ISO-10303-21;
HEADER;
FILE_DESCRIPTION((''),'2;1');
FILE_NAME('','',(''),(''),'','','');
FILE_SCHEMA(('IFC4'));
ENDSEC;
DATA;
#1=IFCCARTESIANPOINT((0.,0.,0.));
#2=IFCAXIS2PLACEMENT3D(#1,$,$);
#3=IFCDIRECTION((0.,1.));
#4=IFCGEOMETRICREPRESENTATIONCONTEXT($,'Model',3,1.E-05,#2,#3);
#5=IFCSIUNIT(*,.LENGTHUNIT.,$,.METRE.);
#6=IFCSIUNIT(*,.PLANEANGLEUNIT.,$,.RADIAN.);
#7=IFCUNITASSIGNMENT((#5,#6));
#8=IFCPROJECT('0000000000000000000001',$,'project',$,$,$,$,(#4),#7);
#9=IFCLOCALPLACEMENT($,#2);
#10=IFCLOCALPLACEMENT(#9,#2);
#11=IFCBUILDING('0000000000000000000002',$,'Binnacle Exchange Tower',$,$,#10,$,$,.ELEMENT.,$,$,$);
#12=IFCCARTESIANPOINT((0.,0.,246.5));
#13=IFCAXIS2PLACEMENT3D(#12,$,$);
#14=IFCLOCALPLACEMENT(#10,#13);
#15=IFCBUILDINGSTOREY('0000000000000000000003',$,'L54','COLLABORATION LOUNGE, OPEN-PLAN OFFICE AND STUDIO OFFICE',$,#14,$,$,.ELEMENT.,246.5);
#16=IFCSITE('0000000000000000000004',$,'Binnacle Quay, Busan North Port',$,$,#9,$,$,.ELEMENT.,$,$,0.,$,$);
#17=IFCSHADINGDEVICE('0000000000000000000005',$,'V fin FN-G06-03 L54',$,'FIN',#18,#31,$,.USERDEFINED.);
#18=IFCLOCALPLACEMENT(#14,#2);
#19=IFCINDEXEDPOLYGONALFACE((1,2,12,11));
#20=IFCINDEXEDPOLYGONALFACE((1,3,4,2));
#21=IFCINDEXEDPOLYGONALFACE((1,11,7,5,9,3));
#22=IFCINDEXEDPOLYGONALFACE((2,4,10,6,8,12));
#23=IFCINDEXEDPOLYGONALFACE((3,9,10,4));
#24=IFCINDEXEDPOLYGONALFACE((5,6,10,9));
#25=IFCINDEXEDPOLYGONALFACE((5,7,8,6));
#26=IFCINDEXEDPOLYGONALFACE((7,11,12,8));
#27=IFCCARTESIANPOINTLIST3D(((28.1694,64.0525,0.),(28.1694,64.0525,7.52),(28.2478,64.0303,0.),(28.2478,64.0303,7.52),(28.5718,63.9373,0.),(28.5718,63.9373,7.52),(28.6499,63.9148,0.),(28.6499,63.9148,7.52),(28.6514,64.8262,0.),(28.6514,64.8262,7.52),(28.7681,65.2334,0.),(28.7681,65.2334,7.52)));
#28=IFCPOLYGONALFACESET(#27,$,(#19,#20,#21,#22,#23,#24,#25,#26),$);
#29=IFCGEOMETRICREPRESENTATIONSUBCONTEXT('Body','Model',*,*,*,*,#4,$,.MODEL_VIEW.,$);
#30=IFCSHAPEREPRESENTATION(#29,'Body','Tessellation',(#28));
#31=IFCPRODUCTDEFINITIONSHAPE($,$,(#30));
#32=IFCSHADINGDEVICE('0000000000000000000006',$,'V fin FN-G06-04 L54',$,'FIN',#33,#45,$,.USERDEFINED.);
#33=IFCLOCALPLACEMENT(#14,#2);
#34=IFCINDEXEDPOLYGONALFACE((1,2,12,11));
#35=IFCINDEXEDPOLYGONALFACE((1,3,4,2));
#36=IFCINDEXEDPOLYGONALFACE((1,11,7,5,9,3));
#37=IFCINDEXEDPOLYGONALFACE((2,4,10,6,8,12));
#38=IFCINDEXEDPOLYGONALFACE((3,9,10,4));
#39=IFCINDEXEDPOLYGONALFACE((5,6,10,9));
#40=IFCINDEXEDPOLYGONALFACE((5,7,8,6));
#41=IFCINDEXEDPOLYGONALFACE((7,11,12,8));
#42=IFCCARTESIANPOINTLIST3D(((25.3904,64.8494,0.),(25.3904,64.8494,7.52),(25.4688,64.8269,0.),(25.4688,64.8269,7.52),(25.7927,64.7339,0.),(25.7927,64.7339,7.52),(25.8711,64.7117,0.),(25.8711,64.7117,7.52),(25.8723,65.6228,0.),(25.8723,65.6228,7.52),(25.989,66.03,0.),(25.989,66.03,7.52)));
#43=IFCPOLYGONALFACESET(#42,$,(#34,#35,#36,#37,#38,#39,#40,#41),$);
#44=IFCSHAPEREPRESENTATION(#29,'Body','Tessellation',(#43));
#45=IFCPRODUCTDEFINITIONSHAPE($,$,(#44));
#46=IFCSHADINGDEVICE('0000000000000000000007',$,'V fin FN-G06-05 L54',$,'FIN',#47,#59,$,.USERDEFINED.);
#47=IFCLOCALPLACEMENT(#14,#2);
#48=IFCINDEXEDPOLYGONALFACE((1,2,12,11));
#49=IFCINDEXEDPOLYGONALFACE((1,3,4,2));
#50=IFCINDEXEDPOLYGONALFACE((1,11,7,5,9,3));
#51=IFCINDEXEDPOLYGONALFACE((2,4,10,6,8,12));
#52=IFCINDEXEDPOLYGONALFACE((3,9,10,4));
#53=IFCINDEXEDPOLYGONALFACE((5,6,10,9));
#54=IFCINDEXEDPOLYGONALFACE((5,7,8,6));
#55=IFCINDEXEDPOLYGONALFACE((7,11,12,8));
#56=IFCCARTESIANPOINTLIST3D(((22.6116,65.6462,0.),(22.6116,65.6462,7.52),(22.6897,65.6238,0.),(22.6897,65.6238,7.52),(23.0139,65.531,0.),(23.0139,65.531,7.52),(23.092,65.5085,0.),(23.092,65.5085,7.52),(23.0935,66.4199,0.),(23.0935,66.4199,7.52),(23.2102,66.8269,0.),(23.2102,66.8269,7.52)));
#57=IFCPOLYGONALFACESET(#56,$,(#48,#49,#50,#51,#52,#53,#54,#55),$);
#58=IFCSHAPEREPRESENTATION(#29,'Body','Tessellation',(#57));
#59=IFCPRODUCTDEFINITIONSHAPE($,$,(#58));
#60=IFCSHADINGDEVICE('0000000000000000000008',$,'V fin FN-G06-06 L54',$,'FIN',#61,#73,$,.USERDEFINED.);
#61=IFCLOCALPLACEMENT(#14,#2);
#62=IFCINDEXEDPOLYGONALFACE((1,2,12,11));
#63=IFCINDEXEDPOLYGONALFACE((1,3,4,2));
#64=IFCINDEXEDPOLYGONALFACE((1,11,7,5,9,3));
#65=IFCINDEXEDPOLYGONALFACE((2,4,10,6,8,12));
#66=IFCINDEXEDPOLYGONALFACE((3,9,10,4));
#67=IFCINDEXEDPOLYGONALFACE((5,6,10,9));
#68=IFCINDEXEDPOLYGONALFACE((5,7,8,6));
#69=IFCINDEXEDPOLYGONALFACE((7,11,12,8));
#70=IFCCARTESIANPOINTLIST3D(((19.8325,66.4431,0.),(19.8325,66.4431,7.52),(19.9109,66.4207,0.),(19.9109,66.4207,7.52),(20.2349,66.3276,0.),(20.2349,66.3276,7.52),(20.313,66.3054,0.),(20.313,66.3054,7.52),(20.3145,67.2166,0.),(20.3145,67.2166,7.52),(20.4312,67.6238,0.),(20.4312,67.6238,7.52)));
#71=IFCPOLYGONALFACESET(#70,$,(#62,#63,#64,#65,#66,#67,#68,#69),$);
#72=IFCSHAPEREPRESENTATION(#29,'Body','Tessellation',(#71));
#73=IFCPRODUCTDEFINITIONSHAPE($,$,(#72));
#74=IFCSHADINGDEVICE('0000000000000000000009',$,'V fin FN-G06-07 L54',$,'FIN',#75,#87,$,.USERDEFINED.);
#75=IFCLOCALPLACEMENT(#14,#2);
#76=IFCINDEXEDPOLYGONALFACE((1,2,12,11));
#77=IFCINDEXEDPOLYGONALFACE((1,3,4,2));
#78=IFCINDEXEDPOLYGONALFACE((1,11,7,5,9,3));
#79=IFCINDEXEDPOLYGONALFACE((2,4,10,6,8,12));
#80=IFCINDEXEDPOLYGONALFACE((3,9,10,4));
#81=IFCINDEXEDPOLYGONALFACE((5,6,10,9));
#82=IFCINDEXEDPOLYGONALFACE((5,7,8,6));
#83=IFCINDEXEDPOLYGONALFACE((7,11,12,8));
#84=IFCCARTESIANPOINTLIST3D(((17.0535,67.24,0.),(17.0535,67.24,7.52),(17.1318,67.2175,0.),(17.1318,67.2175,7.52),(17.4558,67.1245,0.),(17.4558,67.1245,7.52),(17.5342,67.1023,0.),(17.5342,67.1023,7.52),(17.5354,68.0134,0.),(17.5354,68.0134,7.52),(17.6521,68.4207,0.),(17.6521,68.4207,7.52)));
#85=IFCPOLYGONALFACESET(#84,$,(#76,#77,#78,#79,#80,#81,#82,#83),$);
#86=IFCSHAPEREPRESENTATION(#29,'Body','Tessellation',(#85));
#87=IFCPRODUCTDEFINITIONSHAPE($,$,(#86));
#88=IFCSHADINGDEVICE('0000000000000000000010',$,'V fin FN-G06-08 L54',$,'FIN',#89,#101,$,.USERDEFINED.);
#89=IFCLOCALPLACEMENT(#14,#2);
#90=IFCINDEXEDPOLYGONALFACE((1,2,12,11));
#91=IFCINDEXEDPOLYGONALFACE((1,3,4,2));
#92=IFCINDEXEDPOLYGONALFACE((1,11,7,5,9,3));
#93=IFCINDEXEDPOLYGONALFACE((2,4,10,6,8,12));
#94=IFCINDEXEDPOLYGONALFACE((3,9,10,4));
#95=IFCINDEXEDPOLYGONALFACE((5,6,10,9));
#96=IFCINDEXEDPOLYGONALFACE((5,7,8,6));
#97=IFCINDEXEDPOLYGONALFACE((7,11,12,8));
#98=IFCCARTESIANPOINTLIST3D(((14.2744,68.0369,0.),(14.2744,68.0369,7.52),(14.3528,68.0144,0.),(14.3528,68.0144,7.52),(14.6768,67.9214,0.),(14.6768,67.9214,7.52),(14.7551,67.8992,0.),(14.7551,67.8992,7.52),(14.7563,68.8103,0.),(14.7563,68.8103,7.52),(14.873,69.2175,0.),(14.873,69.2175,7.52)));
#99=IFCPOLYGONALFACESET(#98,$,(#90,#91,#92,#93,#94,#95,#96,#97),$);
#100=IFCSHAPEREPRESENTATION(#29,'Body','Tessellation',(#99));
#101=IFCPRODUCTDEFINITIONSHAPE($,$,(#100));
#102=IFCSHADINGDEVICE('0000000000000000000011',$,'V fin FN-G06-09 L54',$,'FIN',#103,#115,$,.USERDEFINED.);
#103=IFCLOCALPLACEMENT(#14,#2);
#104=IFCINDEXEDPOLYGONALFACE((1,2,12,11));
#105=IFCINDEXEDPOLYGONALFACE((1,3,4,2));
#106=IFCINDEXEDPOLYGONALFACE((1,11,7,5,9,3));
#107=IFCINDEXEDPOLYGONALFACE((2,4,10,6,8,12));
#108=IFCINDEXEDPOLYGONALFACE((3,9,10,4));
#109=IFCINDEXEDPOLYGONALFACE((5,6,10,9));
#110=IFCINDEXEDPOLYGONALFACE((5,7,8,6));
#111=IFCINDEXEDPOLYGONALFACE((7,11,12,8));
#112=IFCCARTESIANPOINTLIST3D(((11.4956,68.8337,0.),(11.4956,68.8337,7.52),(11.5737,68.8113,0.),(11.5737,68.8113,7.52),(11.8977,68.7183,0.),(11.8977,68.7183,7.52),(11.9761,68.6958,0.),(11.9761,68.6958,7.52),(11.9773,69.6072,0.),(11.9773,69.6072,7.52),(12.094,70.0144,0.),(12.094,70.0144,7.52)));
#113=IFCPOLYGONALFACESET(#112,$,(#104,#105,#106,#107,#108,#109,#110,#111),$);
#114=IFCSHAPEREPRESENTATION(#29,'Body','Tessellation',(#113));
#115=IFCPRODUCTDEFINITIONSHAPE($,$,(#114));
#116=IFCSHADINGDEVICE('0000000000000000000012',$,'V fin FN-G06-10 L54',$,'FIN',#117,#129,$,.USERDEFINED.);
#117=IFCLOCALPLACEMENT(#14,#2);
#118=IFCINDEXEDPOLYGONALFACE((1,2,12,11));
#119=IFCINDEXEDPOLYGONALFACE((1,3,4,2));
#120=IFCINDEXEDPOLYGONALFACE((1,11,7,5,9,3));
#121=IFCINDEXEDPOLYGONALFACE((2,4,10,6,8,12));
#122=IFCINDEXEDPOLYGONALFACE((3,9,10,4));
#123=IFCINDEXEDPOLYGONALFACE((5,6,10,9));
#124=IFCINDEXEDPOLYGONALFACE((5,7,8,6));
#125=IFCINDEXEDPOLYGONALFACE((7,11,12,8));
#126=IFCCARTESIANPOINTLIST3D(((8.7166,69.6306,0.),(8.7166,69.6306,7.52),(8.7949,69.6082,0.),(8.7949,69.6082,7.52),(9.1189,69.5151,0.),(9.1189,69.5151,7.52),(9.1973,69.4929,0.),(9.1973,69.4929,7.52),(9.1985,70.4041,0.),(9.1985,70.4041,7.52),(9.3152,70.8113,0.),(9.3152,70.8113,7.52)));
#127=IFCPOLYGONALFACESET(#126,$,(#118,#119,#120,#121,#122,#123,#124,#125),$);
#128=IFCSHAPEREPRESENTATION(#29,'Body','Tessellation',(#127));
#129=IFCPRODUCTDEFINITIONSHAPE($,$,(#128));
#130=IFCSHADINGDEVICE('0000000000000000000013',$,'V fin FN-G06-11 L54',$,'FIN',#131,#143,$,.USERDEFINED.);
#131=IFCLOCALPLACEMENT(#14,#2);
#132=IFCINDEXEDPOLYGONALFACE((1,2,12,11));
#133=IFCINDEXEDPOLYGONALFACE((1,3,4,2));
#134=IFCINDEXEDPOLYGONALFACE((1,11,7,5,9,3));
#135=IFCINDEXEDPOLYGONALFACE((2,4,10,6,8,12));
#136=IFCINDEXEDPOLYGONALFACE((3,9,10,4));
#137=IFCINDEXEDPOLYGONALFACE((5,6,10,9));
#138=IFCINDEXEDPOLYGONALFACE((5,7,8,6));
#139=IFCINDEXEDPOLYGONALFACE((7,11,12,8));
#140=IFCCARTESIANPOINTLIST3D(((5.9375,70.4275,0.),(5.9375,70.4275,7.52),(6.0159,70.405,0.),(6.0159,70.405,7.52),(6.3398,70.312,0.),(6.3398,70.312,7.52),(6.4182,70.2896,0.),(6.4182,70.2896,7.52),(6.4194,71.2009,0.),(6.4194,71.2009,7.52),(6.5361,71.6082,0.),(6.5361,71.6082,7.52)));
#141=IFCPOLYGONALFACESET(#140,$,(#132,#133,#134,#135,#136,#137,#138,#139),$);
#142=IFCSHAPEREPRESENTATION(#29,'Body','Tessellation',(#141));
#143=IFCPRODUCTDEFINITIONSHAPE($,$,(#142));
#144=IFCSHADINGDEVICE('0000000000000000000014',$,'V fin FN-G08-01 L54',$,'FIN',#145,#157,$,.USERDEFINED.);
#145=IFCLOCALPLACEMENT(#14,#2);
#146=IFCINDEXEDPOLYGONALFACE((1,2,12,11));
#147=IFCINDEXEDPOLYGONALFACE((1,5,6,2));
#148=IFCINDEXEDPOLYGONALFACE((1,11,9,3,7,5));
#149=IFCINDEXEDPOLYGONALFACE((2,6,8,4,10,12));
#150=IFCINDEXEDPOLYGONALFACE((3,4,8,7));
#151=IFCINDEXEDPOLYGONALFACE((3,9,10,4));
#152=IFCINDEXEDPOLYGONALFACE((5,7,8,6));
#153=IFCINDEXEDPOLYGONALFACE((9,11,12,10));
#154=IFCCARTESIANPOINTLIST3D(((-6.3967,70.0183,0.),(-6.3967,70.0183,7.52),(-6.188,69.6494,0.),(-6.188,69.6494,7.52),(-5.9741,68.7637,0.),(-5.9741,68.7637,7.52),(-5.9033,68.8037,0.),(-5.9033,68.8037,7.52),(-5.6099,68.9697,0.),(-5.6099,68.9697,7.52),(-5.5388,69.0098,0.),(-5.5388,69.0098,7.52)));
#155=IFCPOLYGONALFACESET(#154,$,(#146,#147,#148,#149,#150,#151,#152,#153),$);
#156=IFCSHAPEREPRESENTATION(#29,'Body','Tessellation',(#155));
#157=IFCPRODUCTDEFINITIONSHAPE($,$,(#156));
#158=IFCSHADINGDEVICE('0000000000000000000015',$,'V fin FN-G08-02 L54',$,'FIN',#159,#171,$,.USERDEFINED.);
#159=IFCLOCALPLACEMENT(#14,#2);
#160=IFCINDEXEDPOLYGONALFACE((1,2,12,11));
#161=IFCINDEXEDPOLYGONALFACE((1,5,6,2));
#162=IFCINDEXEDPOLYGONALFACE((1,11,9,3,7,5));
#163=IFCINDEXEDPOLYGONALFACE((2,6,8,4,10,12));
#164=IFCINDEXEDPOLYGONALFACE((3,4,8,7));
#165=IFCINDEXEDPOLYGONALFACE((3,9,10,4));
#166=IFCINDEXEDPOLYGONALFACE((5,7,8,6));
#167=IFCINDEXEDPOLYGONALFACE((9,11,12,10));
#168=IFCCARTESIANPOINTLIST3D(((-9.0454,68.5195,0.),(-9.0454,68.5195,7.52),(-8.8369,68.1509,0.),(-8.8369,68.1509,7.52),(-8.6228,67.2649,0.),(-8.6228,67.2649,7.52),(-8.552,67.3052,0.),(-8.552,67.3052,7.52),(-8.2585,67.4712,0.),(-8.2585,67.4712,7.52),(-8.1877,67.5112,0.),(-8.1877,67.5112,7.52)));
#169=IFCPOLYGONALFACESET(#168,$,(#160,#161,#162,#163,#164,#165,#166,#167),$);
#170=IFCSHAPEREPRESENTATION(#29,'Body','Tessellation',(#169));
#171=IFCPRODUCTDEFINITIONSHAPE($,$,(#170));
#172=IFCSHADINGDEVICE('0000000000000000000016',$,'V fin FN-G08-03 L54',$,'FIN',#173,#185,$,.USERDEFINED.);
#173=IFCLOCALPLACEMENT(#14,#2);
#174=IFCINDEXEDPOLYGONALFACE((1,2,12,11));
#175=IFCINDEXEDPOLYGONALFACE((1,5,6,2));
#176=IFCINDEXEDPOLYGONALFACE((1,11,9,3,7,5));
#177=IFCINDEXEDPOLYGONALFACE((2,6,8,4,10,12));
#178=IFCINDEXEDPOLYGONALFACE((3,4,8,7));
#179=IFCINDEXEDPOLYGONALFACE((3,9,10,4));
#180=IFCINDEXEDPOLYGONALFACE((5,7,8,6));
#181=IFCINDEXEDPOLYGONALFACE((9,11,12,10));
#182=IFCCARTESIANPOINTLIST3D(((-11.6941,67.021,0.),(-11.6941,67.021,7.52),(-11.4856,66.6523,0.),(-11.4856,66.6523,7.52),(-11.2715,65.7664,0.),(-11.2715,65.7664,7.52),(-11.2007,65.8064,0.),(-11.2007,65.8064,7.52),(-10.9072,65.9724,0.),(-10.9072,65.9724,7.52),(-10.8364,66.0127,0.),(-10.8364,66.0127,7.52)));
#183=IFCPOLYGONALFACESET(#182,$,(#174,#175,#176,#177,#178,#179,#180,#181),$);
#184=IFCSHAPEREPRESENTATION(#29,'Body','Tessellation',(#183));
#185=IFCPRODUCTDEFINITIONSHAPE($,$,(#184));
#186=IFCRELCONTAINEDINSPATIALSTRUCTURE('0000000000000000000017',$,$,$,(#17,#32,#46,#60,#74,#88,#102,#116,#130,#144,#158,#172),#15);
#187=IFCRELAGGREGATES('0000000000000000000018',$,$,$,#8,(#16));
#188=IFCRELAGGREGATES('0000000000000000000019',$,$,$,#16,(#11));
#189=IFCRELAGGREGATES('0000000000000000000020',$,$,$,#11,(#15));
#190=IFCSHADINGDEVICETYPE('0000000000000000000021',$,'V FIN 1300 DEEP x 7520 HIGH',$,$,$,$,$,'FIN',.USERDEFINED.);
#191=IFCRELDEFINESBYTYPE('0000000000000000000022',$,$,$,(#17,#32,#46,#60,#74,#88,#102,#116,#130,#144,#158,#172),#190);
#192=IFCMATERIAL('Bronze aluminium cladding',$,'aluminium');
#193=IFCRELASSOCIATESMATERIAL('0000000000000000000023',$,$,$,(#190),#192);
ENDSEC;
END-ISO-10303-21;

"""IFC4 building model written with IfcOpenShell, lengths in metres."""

from ifc_helpers import new_model, si_unit, direction, frame, origin, place, context, subcontext, project, spatial, polyline, outline, extrude, material, type_object, element, save


model = new_model("IFC4")

# Units and contexts
model_context = context("Model", 3, precision=1e-05, world=origin(), true_north=direction((0.0, 1.0)))
body_context = subcontext(model_context, "Body", "Model", "MODEL_VIEW")
ifc_project = project(units=[si_unit("LENGTHUNIT", "METRE"), si_unit("PLANEANGLEUNIT", "RADIAN")], contexts=[model_context])

# Site, building, storey
site_placement = place(None, origin())
site = spatial("IfcSite", under=ifc_project, at=site_placement, Name="Binnacle Quay, Busan North Port", CompositionType="ELEMENT", RefElevation=0.0)
building_placement = place(site_placement, origin())
building = spatial("IfcBuilding", under=site, at=building_placement, Name="Binnacle Exchange Tower", CompositionType="ELEMENT")
storey_placement = place(building_placement, frame((0.0, 0.0, 246.5)))
storey = spatial("IfcBuildingStorey", under=building, at=storey_placement, Name="L54", Description="COLLABORATION LOUNGE, OPEN-PLAN OFFICE AND STUDIO OFFICE", CompositionType="ELEMENT", Elevation=246.5)

# Shading devices
ifc_material_1 = material(Name="Bronze aluminium cladding", Category="aluminium")
shading_device_type = type_object("IfcShadingDeviceType", Name="V FIN 1300 DEEP x 7520 HIGH", ElementType="FIN", PredefinedType="USERDEFINED", material=ifc_material_1)
shading_device_1_placement = place(storey_placement, origin())
element("IfcShadingDevice", 1, at=shading_device_1_placement, inside=storey, type_object=shading_device_type, Name="V fin FN-G06-03 L54", ObjectType="FIN", PredefinedType="USERDEFINED", context=body_context, shape_type="SweptSolid", body=[
    extrude(outline(polyline([(28.6499, 63.9148), (28.7681, 65.2334), (28.1694, 64.0525), (28.2478, 64.0303), (28.6514, 64.8262), (28.5718, 63.9373), (28.6499, 63.9148)])), origin(), (0.0, 0.0, 1.0), 7.52),
])
shading_device_2_placement = place(storey_placement, origin())
element("IfcShadingDevice", 2, at=shading_device_2_placement, inside=storey, type_object=shading_device_type, Name="V fin FN-G06-04 L54", ObjectType="FIN", PredefinedType="USERDEFINED", context=body_context, shape_type="SweptSolid", body=[
    extrude(outline(polyline([(25.8711, 64.7117), (25.989, 66.03), (25.3904, 64.8494), (25.4688, 64.8269), (25.8723, 65.6228), (25.7927, 64.7339), (25.8711, 64.7117)])), origin(), (0.0, 0.0, 1.0), 7.52),
])
shading_device_3_placement = place(storey_placement, origin())
element("IfcShadingDevice", 3, at=shading_device_3_placement, inside=storey, type_object=shading_device_type, Name="V fin FN-G06-05 L54", ObjectType="FIN", PredefinedType="USERDEFINED", context=body_context, shape_type="SweptSolid", body=[
    extrude(outline(polyline([(23.092, 65.5085), (23.2102, 66.8269), (22.6116, 65.6462), (22.6897, 65.6238), (23.0935, 66.4199), (23.0139, 65.531), (23.092, 65.5085)])), origin(), (0.0, 0.0, 1.0), 7.52),
])
shading_device_4_placement = place(storey_placement, origin())
element("IfcShadingDevice", 4, at=shading_device_4_placement, inside=storey, type_object=shading_device_type, Name="V fin FN-G06-06 L54", ObjectType="FIN", PredefinedType="USERDEFINED", context=body_context, shape_type="SweptSolid", body=[
    extrude(outline(polyline([(20.313, 66.3054), (20.4312, 67.6238), (19.8325, 66.4431), (19.9109, 66.4207), (20.3145, 67.2166), (20.2349, 66.3276), (20.313, 66.3054)])), origin(), (0.0, 0.0, 1.0), 7.52),
])
shading_device_5_placement = place(storey_placement, origin())
element("IfcShadingDevice", 5, at=shading_device_5_placement, inside=storey, type_object=shading_device_type, Name="V fin FN-G06-07 L54", ObjectType="FIN", PredefinedType="USERDEFINED", context=body_context, shape_type="SweptSolid", body=[
    extrude(outline(polyline([(17.5342, 67.1023), (17.6521, 68.4207), (17.0535, 67.24), (17.1318, 67.2175), (17.5354, 68.0134), (17.4558, 67.1245), (17.5342, 67.1023)])), origin(), (0.0, 0.0, 1.0), 7.52),
])
shading_device_6_placement = place(storey_placement, origin())
element("IfcShadingDevice", 6, at=shading_device_6_placement, inside=storey, type_object=shading_device_type, Name="V fin FN-G06-08 L54", ObjectType="FIN", PredefinedType="USERDEFINED", context=body_context, shape_type="SweptSolid", body=[
    extrude(outline(polyline([(14.7551, 67.8992), (14.873, 69.2175), (14.2744, 68.0369), (14.3528, 68.0144), (14.7563, 68.8103), (14.6768, 67.9214), (14.7551, 67.8992)])), origin(), (0.0, 0.0, 1.0), 7.52),
])
shading_device_7_placement = place(storey_placement, origin())
element("IfcShadingDevice", 7, at=shading_device_7_placement, inside=storey, type_object=shading_device_type, Name="V fin FN-G06-09 L54", ObjectType="FIN", PredefinedType="USERDEFINED", context=body_context, shape_type="SweptSolid", body=[
    extrude(outline(polyline([(11.9761, 68.6958), (12.094, 70.0144), (11.4956, 68.8337), (11.5737, 68.8113), (11.9773, 69.6072), (11.8977, 68.7183), (11.9761, 68.6958)])), origin(), (0.0, 0.0, 1.0), 7.52),
])
shading_device_8_placement = place(storey_placement, origin())
element("IfcShadingDevice", 8, at=shading_device_8_placement, inside=storey, type_object=shading_device_type, Name="V fin FN-G06-10 L54", ObjectType="FIN", PredefinedType="USERDEFINED", context=body_context, shape_type="SweptSolid", body=[
    extrude(outline(polyline([(9.1973, 69.4929), (9.3152, 70.8113), (8.7166, 69.6306), (8.7949, 69.6082), (9.1985, 70.4041), (9.1189, 69.5151), (9.1973, 69.4929)])), origin(), (0.0, 0.0, 1.0), 7.52),
])
shading_device_9_placement = place(storey_placement, origin())
element("IfcShadingDevice", 9, at=shading_device_9_placement, inside=storey, type_object=shading_device_type, Name="V fin FN-G06-11 L54", ObjectType="FIN", PredefinedType="USERDEFINED", context=body_context, shape_type="SweptSolid", body=[
    extrude(outline(polyline([(6.4182, 70.2896), (6.5361, 71.6082), (5.9375, 70.4275), (6.0159, 70.405), (6.4194, 71.2009), (6.3398, 70.312), (6.4182, 70.2896)])), origin(), (0.0, 0.0, 1.0), 7.52),
])
shading_device_10_placement = place(storey_placement, origin())
element("IfcShadingDevice", 10, at=shading_device_10_placement, inside=storey, type_object=shading_device_type, Name="V fin FN-G08-01 L54", ObjectType="FIN", PredefinedType="USERDEFINED", context=body_context, shape_type="SweptSolid", body=[
    extrude(outline(polyline([(-5.5388, 69.0098), (-6.3967, 70.0183), (-5.9741, 68.7637), (-5.9033, 68.8037), (-6.188, 69.6494), (-5.6099, 68.9697), (-5.5388, 69.0098)])), origin(), (0.0, 0.0, 1.0), 7.52),
])
shading_device_11_placement = place(storey_placement, origin())
element("IfcShadingDevice", 11, at=shading_device_11_placement, inside=storey, type_object=shading_device_type, Name="V fin FN-G08-02 L54", ObjectType="FIN", PredefinedType="USERDEFINED", context=body_context, shape_type="SweptSolid", body=[
    extrude(outline(polyline([(-8.1877, 67.5112), (-9.0454, 68.5195), (-8.6228, 67.2649), (-8.552, 67.3052), (-8.8369, 68.1509), (-8.2585, 67.4712), (-8.1877, 67.5112)])), origin(), (0.0, 0.0, 1.0), 7.52),
])
shading_device_12_placement = place(storey_placement, origin())
element("IfcShadingDevice", 12, at=shading_device_12_placement, inside=storey, type_object=shading_device_type, Name="V fin FN-G08-03 L54", ObjectType="FIN", PredefinedType="USERDEFINED", context=body_context, shape_type="SweptSolid", body=[
    extrude(outline(polyline([(-10.8364, 66.0127), (-11.6941, 67.021), (-11.2715, 65.7664), (-11.2007, 65.8064), (-11.4856, 66.6523), (-10.9072, 65.9724), (-10.8364, 66.0127)])), origin(), (0.0, 0.0, 1.0), 7.52),
])

save(model, "model.ifc")
